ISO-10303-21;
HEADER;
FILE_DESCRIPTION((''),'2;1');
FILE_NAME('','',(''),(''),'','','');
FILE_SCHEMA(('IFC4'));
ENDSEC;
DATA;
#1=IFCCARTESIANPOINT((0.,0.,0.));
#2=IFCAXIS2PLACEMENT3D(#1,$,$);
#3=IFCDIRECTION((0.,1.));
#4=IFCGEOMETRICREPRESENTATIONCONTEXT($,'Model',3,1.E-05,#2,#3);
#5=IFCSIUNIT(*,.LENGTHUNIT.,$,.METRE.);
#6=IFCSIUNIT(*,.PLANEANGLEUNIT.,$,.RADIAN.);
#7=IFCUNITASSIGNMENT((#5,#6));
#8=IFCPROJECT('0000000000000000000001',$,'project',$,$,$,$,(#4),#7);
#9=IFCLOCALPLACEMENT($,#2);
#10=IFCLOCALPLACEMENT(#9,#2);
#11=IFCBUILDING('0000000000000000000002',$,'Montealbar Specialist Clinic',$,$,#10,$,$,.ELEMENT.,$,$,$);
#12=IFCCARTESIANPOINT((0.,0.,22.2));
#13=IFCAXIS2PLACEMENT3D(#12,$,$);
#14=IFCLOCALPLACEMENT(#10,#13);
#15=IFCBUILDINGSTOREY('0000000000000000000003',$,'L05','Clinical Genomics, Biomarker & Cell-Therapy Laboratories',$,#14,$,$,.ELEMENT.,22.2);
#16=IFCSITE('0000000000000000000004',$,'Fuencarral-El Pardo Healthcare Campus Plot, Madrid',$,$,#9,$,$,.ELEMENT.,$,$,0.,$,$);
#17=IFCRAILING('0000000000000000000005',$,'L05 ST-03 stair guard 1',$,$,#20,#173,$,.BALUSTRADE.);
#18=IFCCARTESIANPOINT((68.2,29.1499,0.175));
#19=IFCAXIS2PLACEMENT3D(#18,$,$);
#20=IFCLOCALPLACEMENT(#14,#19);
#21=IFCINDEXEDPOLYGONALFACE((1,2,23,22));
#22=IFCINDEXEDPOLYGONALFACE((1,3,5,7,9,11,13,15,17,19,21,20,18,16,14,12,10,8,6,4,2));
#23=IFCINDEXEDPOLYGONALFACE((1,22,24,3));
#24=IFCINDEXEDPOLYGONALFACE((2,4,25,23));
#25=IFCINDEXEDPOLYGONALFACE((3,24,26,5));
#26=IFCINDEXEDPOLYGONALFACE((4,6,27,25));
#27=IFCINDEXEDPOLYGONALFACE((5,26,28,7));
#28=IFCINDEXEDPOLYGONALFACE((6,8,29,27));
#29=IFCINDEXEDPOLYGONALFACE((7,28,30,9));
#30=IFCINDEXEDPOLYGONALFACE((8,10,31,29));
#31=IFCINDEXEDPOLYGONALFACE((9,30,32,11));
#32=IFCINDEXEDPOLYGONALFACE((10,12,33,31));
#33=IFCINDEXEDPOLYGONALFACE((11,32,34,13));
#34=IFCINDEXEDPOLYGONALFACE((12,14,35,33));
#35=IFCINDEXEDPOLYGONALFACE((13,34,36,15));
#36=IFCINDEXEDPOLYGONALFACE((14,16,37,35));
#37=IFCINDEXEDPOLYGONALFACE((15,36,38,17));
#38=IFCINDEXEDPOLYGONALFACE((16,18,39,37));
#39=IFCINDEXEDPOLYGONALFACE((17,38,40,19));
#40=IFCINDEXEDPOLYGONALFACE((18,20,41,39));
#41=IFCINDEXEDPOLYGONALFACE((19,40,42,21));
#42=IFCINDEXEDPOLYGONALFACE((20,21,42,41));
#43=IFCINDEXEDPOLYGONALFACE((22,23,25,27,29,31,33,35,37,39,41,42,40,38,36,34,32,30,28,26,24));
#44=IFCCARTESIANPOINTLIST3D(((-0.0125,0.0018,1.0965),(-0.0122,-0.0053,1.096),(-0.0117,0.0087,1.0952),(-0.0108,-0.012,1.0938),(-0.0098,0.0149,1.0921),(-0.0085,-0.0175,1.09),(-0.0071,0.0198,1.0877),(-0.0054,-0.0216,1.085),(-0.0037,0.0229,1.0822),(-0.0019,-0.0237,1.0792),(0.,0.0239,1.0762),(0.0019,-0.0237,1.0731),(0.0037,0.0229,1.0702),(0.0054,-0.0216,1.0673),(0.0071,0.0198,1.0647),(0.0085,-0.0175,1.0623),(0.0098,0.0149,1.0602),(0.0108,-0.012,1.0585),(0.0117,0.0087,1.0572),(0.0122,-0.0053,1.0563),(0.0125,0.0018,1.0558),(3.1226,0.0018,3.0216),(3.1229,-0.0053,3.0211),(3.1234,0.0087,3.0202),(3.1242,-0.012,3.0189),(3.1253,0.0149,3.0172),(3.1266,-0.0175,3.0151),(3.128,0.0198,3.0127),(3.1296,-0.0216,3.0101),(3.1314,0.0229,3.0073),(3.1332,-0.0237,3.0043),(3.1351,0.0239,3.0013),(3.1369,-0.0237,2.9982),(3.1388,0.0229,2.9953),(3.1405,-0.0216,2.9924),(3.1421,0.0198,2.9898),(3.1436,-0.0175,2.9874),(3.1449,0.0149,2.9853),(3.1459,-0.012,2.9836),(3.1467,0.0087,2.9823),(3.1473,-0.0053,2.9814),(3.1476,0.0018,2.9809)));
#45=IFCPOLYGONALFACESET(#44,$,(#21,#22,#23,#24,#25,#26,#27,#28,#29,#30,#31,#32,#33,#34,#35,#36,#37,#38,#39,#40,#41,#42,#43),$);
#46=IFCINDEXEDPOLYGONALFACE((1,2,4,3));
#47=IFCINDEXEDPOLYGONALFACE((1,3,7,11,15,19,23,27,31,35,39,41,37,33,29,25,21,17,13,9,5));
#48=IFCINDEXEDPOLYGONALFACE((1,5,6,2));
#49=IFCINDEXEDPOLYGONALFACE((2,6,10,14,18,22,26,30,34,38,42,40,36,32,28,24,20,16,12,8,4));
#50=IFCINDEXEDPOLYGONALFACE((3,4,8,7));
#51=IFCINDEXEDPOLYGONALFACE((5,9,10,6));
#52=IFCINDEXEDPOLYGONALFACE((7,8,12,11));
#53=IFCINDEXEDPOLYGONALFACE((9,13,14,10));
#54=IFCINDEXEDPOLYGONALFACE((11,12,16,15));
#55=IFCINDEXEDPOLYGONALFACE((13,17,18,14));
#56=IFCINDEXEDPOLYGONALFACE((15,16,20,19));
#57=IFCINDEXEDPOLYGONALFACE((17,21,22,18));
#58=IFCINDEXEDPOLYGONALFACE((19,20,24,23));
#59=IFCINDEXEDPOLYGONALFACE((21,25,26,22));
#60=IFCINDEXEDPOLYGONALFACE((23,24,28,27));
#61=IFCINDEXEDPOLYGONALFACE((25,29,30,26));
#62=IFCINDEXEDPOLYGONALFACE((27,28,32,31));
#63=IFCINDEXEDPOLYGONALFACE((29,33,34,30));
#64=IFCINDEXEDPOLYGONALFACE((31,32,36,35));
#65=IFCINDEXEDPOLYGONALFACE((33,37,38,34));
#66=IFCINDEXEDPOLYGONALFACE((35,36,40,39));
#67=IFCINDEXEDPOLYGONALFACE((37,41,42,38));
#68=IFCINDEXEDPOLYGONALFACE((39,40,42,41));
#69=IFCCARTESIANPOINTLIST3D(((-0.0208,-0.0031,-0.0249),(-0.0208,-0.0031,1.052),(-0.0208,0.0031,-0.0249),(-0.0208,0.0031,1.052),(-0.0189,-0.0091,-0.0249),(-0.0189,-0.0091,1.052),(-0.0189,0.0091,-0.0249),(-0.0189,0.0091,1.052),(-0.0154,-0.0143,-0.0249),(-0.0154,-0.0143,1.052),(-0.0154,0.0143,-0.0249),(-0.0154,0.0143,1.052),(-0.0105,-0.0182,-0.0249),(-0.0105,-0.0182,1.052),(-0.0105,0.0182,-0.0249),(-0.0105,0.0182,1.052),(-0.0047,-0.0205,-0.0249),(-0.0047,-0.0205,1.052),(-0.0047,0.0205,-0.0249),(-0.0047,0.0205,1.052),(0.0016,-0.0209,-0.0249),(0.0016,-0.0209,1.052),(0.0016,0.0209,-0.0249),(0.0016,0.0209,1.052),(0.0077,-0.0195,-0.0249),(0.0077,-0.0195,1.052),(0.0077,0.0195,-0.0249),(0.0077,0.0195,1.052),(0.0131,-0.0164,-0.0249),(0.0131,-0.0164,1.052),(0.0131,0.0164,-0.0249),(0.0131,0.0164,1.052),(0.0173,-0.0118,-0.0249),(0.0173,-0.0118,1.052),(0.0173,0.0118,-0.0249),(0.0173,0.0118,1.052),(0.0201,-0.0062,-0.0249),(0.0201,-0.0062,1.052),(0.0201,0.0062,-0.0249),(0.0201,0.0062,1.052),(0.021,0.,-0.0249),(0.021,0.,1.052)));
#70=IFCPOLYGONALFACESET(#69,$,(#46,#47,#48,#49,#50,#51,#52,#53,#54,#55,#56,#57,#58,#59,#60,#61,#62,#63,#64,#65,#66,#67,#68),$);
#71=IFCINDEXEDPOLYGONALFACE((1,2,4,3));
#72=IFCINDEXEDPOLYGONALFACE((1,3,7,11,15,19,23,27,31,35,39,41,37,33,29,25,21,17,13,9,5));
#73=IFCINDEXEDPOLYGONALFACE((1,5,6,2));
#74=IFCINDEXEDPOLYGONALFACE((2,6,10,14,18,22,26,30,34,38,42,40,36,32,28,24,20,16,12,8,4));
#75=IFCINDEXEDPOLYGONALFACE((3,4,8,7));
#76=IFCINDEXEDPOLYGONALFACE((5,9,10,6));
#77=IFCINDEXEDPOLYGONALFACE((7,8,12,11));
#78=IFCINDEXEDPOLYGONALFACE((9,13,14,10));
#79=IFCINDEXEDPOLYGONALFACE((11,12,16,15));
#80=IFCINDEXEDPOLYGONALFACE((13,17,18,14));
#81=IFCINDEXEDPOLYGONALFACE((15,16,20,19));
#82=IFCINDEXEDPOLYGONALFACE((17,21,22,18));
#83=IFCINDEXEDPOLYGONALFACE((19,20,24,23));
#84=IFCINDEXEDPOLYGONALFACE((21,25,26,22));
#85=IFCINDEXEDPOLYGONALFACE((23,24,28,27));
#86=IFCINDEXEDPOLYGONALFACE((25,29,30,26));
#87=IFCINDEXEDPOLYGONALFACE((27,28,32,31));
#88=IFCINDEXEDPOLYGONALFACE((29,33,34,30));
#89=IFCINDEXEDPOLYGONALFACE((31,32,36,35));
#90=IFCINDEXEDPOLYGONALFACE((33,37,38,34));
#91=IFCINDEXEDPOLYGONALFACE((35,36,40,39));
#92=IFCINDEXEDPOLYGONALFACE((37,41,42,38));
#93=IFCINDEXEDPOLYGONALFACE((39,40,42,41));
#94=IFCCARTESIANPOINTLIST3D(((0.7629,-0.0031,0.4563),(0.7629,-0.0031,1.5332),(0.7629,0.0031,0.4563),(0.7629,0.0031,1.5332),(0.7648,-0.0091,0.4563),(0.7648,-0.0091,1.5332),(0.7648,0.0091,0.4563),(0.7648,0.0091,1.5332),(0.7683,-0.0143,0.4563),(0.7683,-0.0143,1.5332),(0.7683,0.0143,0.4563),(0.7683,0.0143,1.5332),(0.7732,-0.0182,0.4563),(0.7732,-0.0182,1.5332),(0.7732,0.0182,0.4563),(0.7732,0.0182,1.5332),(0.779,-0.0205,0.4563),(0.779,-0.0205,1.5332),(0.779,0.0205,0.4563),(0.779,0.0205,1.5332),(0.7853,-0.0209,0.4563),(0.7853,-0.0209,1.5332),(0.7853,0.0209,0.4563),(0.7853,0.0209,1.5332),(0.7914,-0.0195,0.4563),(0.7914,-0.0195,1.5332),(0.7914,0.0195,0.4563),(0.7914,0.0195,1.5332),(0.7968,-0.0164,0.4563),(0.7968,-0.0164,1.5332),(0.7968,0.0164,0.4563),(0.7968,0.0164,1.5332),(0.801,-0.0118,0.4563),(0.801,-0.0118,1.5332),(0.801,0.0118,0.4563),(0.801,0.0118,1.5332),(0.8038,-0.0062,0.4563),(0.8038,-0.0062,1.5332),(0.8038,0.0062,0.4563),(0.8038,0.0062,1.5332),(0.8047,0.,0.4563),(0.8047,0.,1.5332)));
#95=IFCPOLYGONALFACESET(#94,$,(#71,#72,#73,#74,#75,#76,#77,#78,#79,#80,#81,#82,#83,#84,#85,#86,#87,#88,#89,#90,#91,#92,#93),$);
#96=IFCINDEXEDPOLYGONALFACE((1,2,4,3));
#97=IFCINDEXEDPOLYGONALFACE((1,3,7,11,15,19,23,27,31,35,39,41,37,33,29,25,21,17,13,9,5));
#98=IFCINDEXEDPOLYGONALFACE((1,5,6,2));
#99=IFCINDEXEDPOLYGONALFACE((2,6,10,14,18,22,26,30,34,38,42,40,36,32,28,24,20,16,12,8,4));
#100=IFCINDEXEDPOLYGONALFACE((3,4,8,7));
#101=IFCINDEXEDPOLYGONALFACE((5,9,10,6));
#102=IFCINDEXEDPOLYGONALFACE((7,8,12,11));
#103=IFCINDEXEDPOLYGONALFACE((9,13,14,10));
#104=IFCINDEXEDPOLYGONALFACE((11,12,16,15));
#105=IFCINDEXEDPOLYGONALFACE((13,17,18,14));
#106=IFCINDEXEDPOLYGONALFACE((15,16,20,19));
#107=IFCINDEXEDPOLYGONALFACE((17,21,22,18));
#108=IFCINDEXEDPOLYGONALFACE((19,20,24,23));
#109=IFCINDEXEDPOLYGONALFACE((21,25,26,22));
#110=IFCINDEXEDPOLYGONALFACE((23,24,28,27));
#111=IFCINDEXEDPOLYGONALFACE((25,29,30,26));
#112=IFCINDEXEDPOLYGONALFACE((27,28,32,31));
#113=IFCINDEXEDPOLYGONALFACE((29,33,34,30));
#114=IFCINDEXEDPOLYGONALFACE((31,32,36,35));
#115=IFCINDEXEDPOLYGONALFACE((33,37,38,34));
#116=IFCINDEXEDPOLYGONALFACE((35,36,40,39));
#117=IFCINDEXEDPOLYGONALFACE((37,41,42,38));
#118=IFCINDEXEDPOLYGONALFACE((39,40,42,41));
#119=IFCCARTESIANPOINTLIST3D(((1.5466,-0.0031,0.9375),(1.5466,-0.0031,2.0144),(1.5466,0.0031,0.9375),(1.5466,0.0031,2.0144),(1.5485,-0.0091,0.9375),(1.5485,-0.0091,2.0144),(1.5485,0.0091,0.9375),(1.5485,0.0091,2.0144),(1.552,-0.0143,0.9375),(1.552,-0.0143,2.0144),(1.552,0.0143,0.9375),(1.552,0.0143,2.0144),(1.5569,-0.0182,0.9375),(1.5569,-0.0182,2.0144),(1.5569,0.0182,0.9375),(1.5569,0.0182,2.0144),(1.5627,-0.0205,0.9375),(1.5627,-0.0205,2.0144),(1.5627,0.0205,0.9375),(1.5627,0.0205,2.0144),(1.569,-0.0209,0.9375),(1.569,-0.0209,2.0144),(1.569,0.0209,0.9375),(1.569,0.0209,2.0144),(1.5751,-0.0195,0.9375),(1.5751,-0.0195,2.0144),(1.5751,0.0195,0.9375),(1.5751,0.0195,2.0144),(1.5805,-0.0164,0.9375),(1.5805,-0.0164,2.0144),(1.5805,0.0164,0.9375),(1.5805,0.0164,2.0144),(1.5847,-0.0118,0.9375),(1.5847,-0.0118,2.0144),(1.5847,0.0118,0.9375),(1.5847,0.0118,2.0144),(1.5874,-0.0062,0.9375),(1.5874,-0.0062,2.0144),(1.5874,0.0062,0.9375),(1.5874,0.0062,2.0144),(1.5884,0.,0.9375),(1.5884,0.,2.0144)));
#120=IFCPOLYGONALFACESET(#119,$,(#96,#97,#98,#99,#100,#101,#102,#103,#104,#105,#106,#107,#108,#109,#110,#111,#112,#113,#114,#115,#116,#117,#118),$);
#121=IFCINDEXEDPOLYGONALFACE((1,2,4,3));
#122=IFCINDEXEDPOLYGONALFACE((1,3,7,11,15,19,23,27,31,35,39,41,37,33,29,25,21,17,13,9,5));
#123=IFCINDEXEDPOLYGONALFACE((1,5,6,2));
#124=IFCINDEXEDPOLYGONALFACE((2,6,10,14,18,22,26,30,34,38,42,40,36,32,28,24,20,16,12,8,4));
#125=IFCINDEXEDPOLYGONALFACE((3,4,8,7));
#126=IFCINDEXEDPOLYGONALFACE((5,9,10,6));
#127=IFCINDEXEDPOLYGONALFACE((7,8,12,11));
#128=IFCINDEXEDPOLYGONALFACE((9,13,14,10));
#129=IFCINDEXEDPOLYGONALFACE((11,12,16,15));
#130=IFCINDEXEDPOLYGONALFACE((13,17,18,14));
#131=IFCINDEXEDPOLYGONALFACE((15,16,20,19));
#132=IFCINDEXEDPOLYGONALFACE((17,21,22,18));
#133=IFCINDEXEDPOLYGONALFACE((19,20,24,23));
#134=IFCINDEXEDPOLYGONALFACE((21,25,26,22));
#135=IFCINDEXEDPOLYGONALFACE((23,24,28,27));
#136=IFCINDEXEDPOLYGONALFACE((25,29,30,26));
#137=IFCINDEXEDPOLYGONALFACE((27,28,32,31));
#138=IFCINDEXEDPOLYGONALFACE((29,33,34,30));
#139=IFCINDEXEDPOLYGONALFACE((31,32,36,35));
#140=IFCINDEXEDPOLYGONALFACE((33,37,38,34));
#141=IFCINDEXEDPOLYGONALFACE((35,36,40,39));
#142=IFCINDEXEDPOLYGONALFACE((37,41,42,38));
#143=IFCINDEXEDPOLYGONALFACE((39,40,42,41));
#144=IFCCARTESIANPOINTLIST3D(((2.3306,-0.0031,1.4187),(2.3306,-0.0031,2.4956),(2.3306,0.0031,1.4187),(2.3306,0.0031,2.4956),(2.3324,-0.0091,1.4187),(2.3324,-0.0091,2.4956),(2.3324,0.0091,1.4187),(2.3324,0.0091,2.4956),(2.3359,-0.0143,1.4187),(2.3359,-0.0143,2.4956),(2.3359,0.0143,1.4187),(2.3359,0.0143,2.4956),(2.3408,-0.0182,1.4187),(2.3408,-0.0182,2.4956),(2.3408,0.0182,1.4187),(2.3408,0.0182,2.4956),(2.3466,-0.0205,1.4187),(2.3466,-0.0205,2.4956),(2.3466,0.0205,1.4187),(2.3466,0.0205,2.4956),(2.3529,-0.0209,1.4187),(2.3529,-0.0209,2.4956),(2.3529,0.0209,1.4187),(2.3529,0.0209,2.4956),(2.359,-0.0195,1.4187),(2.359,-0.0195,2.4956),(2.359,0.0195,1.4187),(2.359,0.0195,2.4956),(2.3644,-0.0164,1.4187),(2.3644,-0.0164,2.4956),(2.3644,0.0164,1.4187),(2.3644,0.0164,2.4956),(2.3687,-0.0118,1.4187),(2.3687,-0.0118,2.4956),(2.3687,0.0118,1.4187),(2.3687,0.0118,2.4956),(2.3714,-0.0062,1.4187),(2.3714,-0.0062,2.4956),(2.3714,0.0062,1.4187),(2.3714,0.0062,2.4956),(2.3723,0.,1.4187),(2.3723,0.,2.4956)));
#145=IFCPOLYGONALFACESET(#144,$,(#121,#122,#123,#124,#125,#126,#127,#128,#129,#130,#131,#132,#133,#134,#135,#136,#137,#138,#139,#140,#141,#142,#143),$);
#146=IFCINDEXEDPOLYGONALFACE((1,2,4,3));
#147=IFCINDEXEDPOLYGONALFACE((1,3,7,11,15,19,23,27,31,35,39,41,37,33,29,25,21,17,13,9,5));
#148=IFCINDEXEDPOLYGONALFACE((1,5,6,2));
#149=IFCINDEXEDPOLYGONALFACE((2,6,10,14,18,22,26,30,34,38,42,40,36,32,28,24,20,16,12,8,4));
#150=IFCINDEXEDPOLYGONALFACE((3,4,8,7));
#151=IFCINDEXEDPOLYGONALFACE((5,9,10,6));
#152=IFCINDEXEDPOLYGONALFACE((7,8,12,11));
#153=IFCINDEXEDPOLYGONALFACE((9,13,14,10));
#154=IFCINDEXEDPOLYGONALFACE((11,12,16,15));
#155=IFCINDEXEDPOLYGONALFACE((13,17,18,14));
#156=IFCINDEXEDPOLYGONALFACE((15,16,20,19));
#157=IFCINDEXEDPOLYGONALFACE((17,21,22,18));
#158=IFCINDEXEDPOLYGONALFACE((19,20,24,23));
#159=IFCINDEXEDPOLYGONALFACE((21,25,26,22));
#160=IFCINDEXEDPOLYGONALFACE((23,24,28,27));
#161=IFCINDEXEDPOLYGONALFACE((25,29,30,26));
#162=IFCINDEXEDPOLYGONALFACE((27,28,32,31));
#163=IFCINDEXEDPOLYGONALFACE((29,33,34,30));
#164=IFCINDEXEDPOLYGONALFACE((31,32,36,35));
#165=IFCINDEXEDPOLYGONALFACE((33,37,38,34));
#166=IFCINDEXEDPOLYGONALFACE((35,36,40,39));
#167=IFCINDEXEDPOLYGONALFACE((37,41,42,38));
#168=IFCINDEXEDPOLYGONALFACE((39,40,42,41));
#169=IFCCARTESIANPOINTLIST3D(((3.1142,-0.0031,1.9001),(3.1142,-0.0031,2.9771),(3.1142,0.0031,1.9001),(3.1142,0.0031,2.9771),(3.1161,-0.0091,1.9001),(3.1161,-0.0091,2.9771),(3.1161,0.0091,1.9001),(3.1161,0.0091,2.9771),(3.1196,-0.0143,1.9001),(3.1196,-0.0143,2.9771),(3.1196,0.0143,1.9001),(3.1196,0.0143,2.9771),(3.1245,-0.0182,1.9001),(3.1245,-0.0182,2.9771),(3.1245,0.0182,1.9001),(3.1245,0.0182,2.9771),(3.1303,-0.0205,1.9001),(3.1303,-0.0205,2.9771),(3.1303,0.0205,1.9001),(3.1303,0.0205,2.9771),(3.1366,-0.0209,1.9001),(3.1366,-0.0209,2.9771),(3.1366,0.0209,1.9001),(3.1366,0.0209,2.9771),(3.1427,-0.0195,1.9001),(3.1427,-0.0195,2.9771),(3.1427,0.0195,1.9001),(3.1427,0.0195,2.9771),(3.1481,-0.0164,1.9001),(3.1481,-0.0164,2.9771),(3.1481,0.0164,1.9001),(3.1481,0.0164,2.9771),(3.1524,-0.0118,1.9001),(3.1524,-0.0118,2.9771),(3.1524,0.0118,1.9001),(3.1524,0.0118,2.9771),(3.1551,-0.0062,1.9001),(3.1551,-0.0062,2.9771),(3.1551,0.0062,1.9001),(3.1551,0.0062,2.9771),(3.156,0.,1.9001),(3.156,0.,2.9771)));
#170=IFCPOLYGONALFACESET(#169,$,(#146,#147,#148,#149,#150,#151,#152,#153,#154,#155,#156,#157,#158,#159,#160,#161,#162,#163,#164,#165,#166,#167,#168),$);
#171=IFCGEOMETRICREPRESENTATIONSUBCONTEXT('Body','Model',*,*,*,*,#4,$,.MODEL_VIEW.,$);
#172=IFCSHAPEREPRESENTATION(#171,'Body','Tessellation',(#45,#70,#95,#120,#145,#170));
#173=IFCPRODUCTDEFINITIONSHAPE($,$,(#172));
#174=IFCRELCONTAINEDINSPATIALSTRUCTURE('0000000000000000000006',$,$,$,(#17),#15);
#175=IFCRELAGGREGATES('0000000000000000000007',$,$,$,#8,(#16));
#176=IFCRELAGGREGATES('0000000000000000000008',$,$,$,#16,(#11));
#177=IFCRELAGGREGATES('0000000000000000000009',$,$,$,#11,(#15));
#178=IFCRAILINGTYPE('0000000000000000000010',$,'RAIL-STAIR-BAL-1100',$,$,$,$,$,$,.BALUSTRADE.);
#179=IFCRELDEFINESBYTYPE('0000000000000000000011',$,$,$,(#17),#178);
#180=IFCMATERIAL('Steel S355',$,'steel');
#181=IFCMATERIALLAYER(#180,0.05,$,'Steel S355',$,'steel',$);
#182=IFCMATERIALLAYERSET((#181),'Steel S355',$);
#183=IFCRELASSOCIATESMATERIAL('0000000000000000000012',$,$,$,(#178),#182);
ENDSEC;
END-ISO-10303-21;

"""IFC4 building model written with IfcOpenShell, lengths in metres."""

from ifc_helpers import new_model, si_unit, direction, frame, origin, origin_2d, place, context, subcontext, project, spatial, circle, extrude, material, layer, layer_set, type_object, element, save


model = new_model("IFC4")

# Units and contexts
model_context = context("Model", 3, precision=1e-05, world=origin(), true_north=direction((0.0, 1.0)))
body_context = subcontext(model_context, "Body", "Model", "MODEL_VIEW")
ifc_project = project(units=[si_unit("LENGTHUNIT", "METRE"), si_unit("PLANEANGLEUNIT", "RADIAN")], contexts=[model_context])

# Site, building, storey
site_placement = place(None, origin())
site = spatial("IfcSite", under=ifc_project, at=site_placement, Name="Fuencarral-El Pardo Healthcare Campus Plot, Madrid", CompositionType="ELEMENT", RefElevation=0.0)
building_placement = place(site_placement, origin())
building = spatial("IfcBuilding", under=site, at=building_placement, Name="Montealbar Specialist Clinic", CompositionType="ELEMENT")
storey_placement = place(building_placement, frame((0.0, 0.0, 22.2)))
storey = spatial("IfcBuildingStorey", under=building, at=storey_placement, Name="L05", Description="Clinical Genomics, Biomarker & Cell-Therapy Laboratories", CompositionType="ELEMENT", Elevation=22.2)

# Shared definitions
ifc_material_1 = material(Name="Steel S355", Category="steel")

# Railing
ifc_layer_1 = layer(ifc_material_1, 0.05, Name="Steel S355", Category="steel")
ifc_layer_set_1 = layer_set([ifc_layer_1], Name="Steel S355")
railing_type_1 = type_object("IfcRailingType", Name="RAIL-STAIR-BAL-1100", PredefinedType="BALUSTRADE", material=ifc_layer_set_1)
railing_1_placement = place(storey_placement, frame((68.2, 29.1499, 0.175)))
element("IfcRailing", 1, at=railing_1_placement, inside=storey, type_object=railing_type_1, Name="L05 ST-03 stair guard 1", PredefinedType="BALUSTRADE", context=body_context, shape_type="SweptSolid", body=[
    extrude(circle(Radius=0.0239, at=origin_2d()), frame((0.0, 0.0, 1.0762), z_axis=(0.852166, 0.0, 0.523271), x_axis=(0.0, 1.0, 0.0)), (0.0, 0.0, 1.0), 3.679),
    extrude(circle(Radius=0.021, at=origin_2d()), frame((0.0, 0.0, -0.0249)), (0.0, 0.0, 1.0), 1.0769),
    extrude(circle(Radius=0.021, at=origin_2d()), frame((0.7837, 0.0, 0.4563)), (0.0, 0.0, 1.0), 1.0769),
    extrude(circle(Radius=0.021, at=origin_2d()), frame((1.5674, 0.0, 0.9375)), (0.0, 0.0, 1.0), 1.0769),
    extrude(circle(Radius=0.021, at=origin_2d()), frame((2.3513, 0.0, 1.4187)), (0.0, 0.0, 1.0), 1.0769),
    extrude(circle(Radius=0.021, at=origin_2d()), frame((3.135, 0.0, 1.9001)), (0.0, 0.0, 1.0), 1.0769),
])

save(model, "model.ifc")
